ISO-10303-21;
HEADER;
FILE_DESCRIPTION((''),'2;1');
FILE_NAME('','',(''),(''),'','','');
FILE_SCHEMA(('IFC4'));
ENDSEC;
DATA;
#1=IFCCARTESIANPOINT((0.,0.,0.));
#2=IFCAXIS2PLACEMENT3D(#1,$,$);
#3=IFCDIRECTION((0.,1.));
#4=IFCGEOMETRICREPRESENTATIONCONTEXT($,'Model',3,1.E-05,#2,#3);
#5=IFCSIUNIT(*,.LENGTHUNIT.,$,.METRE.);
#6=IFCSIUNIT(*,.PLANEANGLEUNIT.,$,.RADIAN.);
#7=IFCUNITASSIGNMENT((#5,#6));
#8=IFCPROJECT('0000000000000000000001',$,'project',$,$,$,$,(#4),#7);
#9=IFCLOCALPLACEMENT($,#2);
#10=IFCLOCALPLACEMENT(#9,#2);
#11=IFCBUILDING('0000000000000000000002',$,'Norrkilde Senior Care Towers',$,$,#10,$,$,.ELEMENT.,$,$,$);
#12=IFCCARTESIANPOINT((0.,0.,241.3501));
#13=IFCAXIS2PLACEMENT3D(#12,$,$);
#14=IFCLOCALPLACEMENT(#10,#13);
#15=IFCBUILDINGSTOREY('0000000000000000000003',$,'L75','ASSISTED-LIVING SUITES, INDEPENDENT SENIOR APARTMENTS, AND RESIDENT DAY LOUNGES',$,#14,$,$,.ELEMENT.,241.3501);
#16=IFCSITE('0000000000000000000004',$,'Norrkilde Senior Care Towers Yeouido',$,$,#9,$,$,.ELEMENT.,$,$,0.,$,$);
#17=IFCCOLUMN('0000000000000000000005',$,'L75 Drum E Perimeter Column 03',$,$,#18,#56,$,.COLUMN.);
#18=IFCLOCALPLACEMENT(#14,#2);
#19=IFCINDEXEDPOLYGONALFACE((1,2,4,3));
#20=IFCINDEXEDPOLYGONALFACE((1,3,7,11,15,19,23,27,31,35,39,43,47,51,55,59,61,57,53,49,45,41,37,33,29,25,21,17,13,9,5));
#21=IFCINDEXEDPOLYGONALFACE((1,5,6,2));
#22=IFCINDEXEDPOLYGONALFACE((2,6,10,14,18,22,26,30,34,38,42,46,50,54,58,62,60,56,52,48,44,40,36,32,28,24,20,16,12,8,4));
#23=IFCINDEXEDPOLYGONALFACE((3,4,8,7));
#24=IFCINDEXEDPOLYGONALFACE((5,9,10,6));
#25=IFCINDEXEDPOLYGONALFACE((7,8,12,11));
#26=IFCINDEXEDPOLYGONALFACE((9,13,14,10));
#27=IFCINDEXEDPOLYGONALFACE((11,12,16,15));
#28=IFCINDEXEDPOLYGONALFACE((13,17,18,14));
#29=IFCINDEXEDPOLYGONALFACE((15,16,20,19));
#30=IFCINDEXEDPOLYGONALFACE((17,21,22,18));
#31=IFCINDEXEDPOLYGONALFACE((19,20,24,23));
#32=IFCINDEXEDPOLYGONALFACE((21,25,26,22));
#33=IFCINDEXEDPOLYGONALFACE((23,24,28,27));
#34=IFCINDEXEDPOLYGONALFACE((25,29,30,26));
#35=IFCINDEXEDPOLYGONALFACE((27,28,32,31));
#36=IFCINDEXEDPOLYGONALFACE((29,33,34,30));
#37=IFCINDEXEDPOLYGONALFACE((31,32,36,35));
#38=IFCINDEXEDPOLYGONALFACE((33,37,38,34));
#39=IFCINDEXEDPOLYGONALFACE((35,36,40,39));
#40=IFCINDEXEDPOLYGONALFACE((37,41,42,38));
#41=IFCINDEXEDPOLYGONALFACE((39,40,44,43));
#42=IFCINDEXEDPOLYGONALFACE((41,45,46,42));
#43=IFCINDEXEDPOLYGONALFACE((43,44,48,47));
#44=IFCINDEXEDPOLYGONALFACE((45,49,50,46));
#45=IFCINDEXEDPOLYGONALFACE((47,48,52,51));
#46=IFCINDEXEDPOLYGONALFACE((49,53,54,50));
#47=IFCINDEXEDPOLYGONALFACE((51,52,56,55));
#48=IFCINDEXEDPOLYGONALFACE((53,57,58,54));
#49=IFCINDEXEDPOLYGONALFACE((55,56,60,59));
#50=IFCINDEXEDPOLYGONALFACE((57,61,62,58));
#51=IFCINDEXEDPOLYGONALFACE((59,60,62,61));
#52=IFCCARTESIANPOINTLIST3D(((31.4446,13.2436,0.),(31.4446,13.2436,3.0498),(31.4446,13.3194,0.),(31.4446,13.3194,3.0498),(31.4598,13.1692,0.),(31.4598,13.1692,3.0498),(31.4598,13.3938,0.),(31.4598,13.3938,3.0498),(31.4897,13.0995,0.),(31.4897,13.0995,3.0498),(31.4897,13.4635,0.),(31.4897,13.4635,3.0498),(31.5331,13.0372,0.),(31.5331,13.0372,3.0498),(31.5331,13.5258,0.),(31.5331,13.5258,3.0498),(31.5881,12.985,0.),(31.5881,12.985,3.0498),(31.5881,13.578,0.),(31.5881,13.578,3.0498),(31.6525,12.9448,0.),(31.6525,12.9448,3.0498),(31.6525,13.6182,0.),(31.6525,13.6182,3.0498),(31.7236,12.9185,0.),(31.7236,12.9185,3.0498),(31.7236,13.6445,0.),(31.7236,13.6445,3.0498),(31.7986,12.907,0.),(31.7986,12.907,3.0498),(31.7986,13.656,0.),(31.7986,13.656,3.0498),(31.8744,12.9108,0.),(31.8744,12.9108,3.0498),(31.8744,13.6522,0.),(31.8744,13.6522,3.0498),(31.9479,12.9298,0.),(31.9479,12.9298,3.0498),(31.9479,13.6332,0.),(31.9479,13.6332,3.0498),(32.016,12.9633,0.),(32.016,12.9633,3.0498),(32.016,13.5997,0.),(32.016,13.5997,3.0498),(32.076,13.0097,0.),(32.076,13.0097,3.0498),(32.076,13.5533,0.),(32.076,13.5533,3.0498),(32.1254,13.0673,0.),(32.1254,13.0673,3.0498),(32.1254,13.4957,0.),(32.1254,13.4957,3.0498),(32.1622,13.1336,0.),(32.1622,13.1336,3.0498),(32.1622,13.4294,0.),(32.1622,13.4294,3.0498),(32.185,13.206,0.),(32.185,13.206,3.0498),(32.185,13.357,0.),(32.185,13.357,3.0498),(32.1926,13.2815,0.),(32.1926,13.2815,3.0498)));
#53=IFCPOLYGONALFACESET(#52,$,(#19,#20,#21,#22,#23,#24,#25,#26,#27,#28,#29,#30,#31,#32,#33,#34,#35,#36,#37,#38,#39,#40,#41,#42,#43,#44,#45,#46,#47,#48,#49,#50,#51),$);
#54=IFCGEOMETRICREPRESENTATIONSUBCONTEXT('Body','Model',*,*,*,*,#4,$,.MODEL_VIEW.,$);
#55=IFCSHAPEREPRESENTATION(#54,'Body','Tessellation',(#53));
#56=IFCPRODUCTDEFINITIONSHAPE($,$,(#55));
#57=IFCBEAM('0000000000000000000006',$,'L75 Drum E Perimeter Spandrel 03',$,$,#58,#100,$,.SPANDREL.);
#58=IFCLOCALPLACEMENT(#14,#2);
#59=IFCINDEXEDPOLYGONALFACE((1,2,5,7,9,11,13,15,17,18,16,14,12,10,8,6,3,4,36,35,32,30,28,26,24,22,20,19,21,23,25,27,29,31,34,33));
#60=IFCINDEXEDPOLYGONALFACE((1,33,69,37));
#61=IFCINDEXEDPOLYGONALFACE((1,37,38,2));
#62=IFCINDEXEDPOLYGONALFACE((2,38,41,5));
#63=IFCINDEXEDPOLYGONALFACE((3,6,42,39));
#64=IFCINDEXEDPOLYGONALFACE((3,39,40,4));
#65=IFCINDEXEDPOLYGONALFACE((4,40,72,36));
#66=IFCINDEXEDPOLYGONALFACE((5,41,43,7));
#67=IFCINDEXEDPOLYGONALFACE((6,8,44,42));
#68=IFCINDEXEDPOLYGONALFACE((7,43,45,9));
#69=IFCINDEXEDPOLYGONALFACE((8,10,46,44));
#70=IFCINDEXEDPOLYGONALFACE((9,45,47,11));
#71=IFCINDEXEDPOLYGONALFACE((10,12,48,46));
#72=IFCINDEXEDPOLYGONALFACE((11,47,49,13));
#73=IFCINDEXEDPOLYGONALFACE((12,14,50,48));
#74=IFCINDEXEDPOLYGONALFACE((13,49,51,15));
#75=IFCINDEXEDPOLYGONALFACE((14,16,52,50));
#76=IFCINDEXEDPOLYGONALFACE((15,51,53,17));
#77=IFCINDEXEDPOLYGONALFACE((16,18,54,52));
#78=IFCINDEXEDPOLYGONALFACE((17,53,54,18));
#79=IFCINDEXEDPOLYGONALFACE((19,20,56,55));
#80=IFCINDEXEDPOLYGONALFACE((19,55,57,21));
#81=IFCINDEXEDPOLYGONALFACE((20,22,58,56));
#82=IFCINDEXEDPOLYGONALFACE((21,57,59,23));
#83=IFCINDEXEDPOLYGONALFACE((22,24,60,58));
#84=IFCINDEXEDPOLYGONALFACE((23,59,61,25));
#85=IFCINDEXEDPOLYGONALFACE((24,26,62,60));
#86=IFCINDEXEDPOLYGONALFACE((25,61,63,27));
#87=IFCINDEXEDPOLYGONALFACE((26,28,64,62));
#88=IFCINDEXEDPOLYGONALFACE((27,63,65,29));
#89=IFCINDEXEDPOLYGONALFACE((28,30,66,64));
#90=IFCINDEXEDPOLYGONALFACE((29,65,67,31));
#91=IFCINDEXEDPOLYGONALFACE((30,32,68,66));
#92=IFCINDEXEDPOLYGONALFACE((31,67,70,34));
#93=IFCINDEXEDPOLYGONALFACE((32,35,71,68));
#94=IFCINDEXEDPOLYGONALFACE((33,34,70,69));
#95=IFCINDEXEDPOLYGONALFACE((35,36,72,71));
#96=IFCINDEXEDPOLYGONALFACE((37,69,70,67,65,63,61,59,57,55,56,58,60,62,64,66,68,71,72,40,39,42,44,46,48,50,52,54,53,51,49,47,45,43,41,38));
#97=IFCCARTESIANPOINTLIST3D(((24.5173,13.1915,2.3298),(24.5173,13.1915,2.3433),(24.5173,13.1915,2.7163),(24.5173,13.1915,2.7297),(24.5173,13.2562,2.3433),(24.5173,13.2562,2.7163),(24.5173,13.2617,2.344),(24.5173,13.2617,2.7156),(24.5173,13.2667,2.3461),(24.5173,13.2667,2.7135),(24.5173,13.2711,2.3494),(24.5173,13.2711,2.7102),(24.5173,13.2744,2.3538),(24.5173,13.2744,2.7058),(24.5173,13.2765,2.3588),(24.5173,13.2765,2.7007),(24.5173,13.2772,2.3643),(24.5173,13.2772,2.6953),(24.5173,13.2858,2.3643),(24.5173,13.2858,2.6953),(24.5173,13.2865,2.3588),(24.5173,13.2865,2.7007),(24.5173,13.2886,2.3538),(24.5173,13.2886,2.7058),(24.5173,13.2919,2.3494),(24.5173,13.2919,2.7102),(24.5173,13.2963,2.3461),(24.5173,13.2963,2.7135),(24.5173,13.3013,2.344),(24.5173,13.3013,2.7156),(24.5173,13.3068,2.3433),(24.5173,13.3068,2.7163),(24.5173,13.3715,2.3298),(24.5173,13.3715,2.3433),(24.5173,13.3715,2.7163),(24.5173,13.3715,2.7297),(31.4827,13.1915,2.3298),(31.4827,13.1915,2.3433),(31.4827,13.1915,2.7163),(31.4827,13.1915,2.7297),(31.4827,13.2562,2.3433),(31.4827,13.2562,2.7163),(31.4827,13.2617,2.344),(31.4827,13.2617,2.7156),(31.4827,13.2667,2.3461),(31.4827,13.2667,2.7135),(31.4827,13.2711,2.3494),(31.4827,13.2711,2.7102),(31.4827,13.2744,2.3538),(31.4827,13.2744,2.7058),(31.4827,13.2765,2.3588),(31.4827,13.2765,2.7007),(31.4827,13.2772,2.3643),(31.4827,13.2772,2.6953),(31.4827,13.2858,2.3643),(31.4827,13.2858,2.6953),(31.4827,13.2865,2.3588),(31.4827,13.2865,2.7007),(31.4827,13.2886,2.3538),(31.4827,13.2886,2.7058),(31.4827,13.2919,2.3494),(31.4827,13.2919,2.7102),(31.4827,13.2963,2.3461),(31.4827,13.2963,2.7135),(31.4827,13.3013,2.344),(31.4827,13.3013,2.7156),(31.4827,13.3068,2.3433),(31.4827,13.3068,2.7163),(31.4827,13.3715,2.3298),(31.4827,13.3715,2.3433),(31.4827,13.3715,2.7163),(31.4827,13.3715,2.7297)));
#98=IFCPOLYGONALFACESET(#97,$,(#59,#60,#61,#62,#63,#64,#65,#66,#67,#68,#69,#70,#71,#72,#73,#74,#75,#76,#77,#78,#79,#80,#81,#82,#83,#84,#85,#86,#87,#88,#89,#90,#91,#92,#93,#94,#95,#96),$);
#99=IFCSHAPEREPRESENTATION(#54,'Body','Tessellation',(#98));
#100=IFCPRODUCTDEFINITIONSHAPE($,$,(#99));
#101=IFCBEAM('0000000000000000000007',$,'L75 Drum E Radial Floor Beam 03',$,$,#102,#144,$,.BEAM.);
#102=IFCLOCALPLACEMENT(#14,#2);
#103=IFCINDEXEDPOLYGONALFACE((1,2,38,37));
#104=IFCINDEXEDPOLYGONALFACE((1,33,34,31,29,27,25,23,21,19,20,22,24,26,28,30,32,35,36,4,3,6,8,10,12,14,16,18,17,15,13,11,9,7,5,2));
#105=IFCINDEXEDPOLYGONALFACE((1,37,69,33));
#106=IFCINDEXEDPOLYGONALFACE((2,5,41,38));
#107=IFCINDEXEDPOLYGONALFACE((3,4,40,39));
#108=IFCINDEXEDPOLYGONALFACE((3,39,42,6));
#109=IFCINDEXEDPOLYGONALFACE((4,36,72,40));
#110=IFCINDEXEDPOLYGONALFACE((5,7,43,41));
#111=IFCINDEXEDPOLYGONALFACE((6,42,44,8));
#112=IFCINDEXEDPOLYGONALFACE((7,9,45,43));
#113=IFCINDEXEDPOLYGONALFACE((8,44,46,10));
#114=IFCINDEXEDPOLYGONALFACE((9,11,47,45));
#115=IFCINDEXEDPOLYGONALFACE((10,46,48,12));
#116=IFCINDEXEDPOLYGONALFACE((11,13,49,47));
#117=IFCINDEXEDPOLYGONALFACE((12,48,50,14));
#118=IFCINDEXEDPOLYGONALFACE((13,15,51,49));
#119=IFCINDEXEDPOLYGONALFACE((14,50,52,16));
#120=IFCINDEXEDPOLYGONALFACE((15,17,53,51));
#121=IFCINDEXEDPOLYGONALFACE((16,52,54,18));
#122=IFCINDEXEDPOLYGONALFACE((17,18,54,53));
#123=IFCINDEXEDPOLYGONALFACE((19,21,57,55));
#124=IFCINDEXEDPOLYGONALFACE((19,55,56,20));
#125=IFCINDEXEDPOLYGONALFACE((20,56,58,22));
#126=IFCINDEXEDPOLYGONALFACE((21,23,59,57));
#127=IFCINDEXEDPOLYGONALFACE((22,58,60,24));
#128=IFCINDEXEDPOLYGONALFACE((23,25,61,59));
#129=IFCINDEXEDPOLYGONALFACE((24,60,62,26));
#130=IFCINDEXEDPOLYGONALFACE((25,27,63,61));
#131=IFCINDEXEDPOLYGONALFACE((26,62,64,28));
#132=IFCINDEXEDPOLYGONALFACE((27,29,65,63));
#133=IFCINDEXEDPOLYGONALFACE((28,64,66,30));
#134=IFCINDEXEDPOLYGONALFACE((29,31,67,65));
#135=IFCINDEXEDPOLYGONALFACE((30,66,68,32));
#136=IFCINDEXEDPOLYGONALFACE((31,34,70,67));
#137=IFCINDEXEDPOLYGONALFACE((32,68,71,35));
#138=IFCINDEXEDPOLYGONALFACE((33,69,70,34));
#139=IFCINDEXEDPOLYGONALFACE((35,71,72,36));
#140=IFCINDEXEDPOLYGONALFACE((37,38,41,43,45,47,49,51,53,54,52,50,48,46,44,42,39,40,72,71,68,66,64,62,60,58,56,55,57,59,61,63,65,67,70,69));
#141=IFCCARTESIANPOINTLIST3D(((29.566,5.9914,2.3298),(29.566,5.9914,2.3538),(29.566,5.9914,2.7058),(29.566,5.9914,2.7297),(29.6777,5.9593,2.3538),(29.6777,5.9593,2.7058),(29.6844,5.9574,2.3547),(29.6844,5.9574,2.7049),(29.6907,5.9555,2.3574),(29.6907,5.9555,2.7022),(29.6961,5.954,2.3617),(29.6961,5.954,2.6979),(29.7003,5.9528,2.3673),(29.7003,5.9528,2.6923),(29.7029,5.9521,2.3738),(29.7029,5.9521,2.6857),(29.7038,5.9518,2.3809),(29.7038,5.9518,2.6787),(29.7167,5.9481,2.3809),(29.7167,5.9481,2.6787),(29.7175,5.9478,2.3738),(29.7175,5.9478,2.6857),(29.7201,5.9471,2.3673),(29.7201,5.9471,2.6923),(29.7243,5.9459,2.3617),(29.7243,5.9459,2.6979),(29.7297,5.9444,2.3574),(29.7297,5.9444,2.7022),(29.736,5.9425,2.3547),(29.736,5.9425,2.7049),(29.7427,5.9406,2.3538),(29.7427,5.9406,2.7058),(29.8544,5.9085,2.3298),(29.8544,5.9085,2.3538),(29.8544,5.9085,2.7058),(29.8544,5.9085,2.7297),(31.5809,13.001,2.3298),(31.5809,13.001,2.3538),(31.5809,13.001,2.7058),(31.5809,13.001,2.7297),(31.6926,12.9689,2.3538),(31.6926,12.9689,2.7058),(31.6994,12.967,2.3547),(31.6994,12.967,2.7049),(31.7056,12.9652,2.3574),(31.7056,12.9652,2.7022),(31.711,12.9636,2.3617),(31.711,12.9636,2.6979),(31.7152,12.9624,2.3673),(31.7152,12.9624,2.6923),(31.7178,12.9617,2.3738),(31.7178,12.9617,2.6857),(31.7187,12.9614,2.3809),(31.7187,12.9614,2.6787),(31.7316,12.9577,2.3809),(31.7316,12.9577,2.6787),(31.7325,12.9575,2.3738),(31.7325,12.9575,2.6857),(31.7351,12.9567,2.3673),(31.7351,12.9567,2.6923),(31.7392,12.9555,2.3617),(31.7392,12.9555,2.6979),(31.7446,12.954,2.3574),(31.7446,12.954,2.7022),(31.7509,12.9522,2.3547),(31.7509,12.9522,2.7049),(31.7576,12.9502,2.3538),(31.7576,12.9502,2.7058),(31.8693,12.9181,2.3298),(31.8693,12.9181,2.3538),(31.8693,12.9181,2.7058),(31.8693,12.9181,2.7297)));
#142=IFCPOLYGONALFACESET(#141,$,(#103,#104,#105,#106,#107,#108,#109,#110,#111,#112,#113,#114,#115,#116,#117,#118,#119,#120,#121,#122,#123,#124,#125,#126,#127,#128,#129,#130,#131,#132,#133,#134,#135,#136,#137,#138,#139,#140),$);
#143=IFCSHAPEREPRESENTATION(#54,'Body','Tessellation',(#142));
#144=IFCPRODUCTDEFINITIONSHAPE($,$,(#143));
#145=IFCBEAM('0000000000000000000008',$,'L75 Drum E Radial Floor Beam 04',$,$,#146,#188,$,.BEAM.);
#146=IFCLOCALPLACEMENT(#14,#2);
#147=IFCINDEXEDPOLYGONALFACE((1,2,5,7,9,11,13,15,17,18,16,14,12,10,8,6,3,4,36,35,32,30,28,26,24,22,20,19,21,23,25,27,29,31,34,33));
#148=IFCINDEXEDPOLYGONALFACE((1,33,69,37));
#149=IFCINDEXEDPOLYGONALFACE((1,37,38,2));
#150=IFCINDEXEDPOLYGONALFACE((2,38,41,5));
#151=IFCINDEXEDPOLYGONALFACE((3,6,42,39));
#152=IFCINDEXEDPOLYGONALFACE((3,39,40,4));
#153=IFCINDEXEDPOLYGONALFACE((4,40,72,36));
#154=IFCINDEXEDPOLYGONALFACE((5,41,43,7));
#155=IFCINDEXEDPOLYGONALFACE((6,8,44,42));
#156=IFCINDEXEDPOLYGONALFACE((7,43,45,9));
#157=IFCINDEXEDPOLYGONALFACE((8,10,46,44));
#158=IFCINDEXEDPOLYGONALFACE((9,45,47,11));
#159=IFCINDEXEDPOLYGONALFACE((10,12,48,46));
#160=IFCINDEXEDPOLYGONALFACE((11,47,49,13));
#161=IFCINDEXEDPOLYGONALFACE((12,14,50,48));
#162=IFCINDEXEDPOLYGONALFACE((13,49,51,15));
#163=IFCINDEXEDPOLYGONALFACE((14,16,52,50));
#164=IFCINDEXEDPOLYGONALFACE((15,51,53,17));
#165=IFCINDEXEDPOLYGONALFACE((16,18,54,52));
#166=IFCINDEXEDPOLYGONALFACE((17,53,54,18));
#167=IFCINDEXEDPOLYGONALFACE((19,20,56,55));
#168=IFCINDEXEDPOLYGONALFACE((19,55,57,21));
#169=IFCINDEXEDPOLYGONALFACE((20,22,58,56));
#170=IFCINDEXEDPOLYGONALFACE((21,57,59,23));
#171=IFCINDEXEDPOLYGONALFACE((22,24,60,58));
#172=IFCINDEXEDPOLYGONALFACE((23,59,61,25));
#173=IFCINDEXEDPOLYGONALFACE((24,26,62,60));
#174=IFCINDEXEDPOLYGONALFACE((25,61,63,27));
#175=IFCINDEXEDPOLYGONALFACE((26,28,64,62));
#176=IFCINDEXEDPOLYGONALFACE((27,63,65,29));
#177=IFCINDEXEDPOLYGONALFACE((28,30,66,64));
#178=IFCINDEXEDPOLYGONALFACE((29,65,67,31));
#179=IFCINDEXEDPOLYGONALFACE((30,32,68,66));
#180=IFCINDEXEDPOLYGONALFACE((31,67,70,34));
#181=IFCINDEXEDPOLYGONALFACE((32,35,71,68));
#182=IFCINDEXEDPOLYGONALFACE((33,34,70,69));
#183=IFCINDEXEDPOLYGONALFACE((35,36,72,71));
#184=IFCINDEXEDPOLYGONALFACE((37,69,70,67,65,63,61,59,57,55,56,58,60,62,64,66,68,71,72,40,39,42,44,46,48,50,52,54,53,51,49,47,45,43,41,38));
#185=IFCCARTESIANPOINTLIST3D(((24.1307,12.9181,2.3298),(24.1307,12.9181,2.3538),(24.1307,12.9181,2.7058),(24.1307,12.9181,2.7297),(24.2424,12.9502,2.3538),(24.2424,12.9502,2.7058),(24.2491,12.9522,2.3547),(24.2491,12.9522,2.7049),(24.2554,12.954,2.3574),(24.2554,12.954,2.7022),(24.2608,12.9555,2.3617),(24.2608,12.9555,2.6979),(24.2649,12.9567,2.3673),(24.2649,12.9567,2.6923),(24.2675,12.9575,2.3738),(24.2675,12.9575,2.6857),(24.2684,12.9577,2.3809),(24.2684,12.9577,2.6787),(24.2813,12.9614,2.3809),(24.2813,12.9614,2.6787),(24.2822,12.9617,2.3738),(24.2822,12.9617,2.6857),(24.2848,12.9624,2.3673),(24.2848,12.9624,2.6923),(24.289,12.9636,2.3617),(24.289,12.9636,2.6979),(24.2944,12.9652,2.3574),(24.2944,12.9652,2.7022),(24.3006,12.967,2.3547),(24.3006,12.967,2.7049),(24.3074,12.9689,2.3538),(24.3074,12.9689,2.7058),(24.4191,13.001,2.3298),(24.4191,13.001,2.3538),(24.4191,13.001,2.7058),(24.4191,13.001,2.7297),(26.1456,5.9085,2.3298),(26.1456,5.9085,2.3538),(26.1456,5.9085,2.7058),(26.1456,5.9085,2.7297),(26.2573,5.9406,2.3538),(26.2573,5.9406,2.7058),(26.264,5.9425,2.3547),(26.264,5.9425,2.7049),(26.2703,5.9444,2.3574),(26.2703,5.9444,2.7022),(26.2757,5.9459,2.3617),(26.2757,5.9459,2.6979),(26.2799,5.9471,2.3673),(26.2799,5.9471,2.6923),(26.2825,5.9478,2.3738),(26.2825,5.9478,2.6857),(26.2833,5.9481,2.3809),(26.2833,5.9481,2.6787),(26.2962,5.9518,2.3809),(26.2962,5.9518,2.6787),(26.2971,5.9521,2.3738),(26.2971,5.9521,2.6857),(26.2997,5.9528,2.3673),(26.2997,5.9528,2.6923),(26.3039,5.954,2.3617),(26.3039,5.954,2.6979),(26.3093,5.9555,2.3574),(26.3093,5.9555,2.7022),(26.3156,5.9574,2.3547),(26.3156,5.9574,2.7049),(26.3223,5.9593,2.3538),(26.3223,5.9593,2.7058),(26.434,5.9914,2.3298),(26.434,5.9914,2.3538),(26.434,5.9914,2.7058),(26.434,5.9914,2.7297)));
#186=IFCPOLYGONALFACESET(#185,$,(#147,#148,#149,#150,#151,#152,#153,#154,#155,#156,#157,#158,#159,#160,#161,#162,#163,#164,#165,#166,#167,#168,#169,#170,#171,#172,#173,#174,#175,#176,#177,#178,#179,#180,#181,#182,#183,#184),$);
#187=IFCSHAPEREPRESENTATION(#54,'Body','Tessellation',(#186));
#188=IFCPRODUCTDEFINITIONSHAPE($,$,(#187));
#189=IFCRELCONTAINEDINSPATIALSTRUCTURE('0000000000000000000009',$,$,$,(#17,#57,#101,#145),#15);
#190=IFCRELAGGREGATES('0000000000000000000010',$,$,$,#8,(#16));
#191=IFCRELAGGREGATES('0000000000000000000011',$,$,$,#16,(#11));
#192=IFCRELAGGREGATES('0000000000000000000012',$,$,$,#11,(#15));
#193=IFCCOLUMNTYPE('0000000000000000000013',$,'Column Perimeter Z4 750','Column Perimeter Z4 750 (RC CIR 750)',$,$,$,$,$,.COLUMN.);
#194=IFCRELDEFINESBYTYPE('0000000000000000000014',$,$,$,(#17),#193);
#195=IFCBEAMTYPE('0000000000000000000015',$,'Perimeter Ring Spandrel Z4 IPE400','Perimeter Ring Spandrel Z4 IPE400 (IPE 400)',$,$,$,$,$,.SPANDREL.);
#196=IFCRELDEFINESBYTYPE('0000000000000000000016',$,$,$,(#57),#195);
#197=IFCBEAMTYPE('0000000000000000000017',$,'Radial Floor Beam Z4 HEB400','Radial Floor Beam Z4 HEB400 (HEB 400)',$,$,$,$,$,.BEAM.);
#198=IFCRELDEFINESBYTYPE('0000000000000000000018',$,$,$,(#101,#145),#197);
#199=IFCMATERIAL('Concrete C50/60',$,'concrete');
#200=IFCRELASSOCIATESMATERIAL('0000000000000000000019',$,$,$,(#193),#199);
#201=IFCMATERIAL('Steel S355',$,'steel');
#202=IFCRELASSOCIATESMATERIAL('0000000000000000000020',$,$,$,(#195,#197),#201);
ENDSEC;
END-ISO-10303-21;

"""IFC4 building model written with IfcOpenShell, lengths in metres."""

from ifc_helpers import new_model, si_unit, direction, frame, origin, origin_2d, place, context, subcontext, project, spatial, circle, i_section, extrude, source, transform, mapped, material, material_profile, profile_set, type_object, type_shapes, element, save


model = new_model("IFC4")

# Units and contexts
model_context = context("Model", 3, precision=1e-05, world=origin(), true_north=direction((0.0, 1.0)))
body_context = subcontext(model_context, "Body", "Model", "MODEL_VIEW")
ifc_project = project(units=[si_unit("LENGTHUNIT", "METRE"), si_unit("PLANEANGLEUNIT", "RADIAN")], contexts=[model_context])

# Site, building, storey
site_placement = place(None, origin())
site = spatial("IfcSite", under=ifc_project, at=site_placement, Name="Norrkilde Senior Care Towers Yeouido", CompositionType="ELEMENT", RefElevation=0.0)
building_placement = place(site_placement, origin())
building = spatial("IfcBuilding", under=site, at=building_placement, Name="Norrkilde Senior Care Towers", CompositionType="ELEMENT")
storey_placement = place(building_placement, frame((0.0, 0.0, 241.3501)))
storey = spatial("IfcBuildingStorey", under=building, at=storey_placement, Name="L75", Description="ASSISTED-LIVING SUITES, INDEPENDENT SENIOR APARTMENTS, AND RESIDENT DAY LOUNGES", CompositionType="ELEMENT", Elevation=241.3501)

# Column
ifc_material_1 = material(Name="Concrete C50/60", Category="concrete")
ifc_material_profile_1 = material_profile(ifc_material_1, circle(Radius=0.375, at=origin_2d()), Name="RC CIR 750")
ifc_profile_set_1 = profile_set([ifc_material_profile_1], Name="Concrete C50/60")
column_type = type_object("IfcColumnType", Name="Column Perimeter Z4 750", Description="Column Perimeter Z4 750 (RC CIR 750)", PredefinedType="COLUMN", material=ifc_profile_set_1)
shared_shape_1 = source(origin(), body_context, "Body", "SweptSolid", [
    extrude(circle(Radius=0.375, at=origin_2d()), origin(), (0.0, 0.0, 1.0), 3.0498),
])
type_shapes(column_type, [shared_shape_1])
column_placement = place(storey_placement, frame((31.8176, 13.2815, 0.0), z_axis=(0.0, 0.0, 1.0), x_axis=(1.0, 0.0, 0.0)))
element("IfcColumn", 1, at=column_placement, inside=storey, type_object=column_type, Name="L75 Drum E Perimeter Column 03", PredefinedType="COLUMN", context=body_context, shape_type="MappedRepresentation", body=[
    mapped(shared_shape_1, transform((0.0, 0.0, 0.0), x_axis=(1.0, 0.0, 0.0), y_axis=(0.0, 1.0, 0.0), z_axis=(0.0, 0.0, 1.0), scale=1.0)),
])

# Beams
ifc_material_2 = material(Name="Steel S355", Category="steel")
ifc_material_profile_2 = material_profile(ifc_material_2, i_section(OverallWidth=0.1799, OverallDepth=0.3999, WebThickness=0.0085, FlangeThickness=0.0134, FilletRadius=0.021, at=origin_2d()), Name="IPE 400")
ifc_profile_set_2 = profile_set([ifc_material_profile_2], Name="Steel S355")
beam_type_1 = type_object("IfcBeamType", Name="Perimeter Ring Spandrel Z4 IPE400", Description="Perimeter Ring Spandrel Z4 IPE400 (IPE 400)", PredefinedType="SPANDREL", material=ifc_profile_set_2)
shared_shape_2 = source(origin(), body_context, "Body", "SweptSolid", [
    extrude(i_section(OverallWidth=0.1799, OverallDepth=0.3999, WebThickness=0.0085, FlangeThickness=0.0134, FilletRadius=0.021, at=origin_2d()), origin(), (0.0, 0.0, 1.0), 6.9653),
])
type_shapes(beam_type_1, [shared_shape_2])
beam_1_placement = place(storey_placement, frame((31.4827, 13.2815, 2.5298), z_axis=(-1.0, 0.0, 0.0), x_axis=(0.0, -1.0, 0.0)))
element("IfcBeam", 2, at=beam_1_placement, inside=storey, type_object=beam_type_1, Name="L75 Drum E Perimeter Spandrel 03", PredefinedType="SPANDREL", context=body_context, shape_type="MappedRepresentation", body=[
    mapped(shared_shape_2, transform((0.0, 0.0, 0.0), x_axis=(1.0, 0.0, 0.0), y_axis=(0.0, 1.0, 0.0), z_axis=(0.0, 0.0, 1.0), scale=1.0)),
])
ifc_material_profile_3 = material_profile(ifc_material_2, i_section(OverallWidth=0.3, OverallDepth=0.3999, WebThickness=0.0134, FlangeThickness=0.0239, FilletRadius=0.0271, at=origin_2d()), Name="HEB 400")
ifc_profile_set_3 = profile_set([ifc_material_profile_3], Name="Steel S355")
beam_type_2 = type_object("IfcBeamType", Name="Radial Floor Beam Z4 HEB400", Description="Radial Floor Beam Z4 HEB400 (HEB 400)", PredefinedType="BEAM", material=ifc_profile_set_3)
shared_shape_3 = source(origin(), body_context, "Body", "SweptSolid", [
    extrude(i_section(OverallWidth=0.3, OverallDepth=0.3999, WebThickness=0.0134, FlangeThickness=0.0239, FilletRadius=0.0271, at=origin_2d()), origin(), (0.0, 0.0, 1.0), 7.2935),
])
type_shapes(beam_type_2, [shared_shape_3])
for number, where, z_axis, x_axis, name in (
    (3, (29.7102, 5.95, 2.5298), (0.276264, 0.961082, 0.0), (-0.961082, 0.276264, 0.0), "L75 Drum E Radial Floor Beam 03"),
    (4, (26.2898, 5.95, 2.5298), (-0.276264, 0.961082, 0.0), (-0.961082, -0.276264, 0.0), "L75 Drum E Radial Floor Beam 04"),
):
    element("IfcBeam", number, at=place(storey_placement, frame(where, z_axis=z_axis, x_axis=x_axis)), inside=storey, type_object=beam_type_2, Name=name, PredefinedType="BEAM", context=body_context, shape_type="MappedRepresentation", body=[
        mapped(shared_shape_3, transform((0.0, 0.0, 0.0), x_axis=(1.0, 0.0, 0.0), y_axis=(0.0, 1.0, 0.0), z_axis=(0.0, 0.0, 1.0), scale=1.0)),
    ])

save(model, "model.ifc")
